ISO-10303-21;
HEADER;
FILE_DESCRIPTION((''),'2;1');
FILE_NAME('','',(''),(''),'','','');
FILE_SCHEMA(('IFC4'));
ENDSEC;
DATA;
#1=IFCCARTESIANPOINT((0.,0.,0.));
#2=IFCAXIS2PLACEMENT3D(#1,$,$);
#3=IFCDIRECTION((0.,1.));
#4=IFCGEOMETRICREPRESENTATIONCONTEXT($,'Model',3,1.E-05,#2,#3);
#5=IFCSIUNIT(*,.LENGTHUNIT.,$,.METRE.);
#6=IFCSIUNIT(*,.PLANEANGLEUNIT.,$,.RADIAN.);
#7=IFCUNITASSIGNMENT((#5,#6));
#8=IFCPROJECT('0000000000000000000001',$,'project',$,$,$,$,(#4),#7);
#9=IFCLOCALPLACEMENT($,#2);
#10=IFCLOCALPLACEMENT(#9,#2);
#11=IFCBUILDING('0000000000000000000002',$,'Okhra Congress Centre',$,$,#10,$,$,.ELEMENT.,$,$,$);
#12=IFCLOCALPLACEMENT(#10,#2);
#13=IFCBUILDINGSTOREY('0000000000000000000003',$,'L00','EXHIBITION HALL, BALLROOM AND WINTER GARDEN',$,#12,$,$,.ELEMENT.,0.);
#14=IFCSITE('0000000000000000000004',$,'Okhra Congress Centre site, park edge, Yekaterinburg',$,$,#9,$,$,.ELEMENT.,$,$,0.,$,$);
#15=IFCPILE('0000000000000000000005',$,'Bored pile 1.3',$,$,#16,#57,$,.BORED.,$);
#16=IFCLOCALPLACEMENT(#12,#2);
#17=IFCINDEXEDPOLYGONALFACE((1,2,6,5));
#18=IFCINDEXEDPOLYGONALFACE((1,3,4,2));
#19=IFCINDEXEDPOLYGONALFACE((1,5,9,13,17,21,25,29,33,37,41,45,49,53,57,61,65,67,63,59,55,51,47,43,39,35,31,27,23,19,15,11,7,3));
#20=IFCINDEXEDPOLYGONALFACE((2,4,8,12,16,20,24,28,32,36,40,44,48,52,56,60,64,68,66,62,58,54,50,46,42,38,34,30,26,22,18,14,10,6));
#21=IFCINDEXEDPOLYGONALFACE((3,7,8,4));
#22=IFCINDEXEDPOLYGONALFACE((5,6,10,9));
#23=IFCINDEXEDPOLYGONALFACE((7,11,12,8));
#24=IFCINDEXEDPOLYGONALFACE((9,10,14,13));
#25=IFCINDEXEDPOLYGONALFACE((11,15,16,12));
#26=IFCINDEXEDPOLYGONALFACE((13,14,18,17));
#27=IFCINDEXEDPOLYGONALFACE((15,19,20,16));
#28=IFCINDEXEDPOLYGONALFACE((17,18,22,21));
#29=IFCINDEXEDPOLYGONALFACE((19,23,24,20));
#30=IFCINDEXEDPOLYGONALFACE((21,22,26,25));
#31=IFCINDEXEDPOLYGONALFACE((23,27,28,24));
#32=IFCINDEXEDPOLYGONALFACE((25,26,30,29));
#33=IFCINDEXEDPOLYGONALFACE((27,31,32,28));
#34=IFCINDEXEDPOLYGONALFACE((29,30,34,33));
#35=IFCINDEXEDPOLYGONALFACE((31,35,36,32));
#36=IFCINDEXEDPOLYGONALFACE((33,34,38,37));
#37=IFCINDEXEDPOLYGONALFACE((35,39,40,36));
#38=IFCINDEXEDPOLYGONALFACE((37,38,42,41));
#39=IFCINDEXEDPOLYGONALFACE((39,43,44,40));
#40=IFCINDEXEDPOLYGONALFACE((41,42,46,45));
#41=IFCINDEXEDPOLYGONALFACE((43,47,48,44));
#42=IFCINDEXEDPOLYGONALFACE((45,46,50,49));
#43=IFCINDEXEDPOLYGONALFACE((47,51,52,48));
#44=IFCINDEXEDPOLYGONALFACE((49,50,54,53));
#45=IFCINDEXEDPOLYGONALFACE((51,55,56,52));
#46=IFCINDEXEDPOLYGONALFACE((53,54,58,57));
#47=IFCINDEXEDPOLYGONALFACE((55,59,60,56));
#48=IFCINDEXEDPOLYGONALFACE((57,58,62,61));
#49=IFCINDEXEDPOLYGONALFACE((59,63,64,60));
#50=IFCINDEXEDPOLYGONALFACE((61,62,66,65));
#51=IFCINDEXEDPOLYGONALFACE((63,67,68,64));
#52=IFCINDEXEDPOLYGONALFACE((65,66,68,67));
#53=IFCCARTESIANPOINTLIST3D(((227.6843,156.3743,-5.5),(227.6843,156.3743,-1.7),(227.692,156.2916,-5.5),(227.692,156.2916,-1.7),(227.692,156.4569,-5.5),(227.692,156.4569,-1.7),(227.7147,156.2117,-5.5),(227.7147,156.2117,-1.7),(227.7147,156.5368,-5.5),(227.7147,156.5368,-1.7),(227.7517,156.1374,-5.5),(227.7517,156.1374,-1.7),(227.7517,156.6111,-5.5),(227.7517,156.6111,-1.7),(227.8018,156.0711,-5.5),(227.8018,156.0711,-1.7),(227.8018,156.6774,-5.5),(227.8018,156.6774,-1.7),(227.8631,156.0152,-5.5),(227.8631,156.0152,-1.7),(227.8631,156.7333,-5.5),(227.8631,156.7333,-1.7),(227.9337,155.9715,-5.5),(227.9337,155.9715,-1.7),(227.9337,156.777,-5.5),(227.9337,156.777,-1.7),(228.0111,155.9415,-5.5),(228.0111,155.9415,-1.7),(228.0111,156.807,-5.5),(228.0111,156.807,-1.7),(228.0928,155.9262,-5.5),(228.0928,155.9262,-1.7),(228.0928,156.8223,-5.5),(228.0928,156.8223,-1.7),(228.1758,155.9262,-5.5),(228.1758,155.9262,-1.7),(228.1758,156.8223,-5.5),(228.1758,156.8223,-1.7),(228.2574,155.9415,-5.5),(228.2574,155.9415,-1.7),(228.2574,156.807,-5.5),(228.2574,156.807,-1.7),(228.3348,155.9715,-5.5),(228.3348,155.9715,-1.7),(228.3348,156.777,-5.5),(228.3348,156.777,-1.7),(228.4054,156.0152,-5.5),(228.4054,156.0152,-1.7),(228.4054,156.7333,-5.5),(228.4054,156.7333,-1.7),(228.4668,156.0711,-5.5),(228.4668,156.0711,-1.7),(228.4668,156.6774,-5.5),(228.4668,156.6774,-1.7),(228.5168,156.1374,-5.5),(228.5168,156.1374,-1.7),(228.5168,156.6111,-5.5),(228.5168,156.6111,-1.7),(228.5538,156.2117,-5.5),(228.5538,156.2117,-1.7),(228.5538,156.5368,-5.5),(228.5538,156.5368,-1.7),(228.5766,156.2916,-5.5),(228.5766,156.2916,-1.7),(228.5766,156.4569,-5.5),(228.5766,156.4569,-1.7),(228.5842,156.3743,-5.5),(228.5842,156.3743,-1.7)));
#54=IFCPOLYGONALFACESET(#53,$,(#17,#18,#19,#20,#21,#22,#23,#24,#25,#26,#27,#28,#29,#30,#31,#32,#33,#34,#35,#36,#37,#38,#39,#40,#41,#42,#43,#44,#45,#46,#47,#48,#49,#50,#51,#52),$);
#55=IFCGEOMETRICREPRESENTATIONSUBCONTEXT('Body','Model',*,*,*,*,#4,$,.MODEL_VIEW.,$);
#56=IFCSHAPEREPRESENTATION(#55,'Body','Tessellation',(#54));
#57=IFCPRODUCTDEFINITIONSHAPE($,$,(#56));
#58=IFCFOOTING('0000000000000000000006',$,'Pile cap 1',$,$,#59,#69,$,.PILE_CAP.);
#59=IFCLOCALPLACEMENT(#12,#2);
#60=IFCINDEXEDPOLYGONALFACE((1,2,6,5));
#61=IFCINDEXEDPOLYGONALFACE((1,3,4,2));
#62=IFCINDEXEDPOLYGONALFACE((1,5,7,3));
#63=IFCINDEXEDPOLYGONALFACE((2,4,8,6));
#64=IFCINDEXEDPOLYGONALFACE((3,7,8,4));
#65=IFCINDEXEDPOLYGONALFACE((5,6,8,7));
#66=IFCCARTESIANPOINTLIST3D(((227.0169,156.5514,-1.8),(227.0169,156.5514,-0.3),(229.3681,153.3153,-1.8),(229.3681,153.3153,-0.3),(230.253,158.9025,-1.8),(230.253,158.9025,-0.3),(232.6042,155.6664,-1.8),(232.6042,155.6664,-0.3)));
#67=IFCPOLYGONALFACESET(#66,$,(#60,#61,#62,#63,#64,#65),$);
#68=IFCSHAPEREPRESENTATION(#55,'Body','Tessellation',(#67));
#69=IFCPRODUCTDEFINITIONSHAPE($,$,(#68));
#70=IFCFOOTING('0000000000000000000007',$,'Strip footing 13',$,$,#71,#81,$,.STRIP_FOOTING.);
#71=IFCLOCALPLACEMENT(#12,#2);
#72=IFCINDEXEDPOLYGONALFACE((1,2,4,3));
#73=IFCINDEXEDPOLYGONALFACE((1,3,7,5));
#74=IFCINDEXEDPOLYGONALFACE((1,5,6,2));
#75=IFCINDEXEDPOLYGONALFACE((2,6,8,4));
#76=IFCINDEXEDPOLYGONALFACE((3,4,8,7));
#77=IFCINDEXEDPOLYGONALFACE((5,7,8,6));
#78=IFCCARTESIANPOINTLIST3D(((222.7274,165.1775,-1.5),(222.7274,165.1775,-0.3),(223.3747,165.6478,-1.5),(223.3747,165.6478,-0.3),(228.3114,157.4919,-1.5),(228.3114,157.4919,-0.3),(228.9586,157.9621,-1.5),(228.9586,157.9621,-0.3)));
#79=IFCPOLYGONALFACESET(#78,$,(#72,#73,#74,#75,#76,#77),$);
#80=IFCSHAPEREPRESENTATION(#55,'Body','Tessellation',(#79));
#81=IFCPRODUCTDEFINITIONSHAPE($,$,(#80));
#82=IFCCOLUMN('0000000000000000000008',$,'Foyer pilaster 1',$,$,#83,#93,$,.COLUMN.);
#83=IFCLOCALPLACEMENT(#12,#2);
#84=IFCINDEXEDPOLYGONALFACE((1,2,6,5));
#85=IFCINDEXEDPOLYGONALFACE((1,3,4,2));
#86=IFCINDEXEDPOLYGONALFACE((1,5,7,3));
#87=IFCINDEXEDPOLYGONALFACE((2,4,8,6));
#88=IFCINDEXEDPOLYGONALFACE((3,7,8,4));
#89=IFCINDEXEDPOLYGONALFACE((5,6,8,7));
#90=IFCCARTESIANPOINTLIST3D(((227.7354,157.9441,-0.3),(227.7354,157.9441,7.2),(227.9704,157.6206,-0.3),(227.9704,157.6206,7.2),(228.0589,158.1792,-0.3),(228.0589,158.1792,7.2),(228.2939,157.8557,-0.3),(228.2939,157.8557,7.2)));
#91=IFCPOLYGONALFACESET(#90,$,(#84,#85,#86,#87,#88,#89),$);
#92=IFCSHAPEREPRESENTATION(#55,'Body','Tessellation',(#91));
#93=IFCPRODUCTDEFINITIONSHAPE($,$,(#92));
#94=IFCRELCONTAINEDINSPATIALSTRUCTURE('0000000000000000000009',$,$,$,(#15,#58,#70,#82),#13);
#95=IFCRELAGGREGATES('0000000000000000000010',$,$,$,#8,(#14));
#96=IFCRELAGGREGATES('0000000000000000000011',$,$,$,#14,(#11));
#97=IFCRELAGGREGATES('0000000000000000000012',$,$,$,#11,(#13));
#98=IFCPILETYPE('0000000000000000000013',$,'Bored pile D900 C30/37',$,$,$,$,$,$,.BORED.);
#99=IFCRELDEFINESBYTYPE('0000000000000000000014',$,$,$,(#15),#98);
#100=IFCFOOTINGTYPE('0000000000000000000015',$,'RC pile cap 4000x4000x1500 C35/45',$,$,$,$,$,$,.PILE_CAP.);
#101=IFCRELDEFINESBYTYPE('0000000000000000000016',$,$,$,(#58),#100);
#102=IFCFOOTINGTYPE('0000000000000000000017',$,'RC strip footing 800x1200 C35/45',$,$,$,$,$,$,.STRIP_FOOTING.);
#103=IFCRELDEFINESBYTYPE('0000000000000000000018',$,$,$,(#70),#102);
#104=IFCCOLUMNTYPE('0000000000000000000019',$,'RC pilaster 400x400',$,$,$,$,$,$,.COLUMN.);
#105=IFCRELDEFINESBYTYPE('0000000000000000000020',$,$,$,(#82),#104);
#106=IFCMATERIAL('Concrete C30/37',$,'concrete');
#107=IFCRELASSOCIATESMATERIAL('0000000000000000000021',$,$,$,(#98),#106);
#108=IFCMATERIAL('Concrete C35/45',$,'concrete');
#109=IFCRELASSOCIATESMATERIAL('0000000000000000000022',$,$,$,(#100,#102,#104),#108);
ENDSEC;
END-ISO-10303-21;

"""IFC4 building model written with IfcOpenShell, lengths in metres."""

from ifc_helpers import new_model, si_unit, direction, frame, origin, origin_2d, place, context, subcontext, project, spatial, rectangle, circle, extrude, material, material_profile, profile_set, type_object, element, save


model = new_model("IFC4")

# Units and contexts
model_context = context("Model", 3, precision=1e-05, world=origin(), true_north=direction((0.0, 1.0)))
body_context = subcontext(model_context, "Body", "Model", "MODEL_VIEW")
ifc_project = project(units=[si_unit("LENGTHUNIT", "METRE"), si_unit("PLANEANGLEUNIT", "RADIAN")], contexts=[model_context])

# Site, building, storey
site_placement = place(None, origin())
site = spatial("IfcSite", under=ifc_project, at=site_placement, Name="Okhra Congress Centre site, park edge, Yekaterinburg", CompositionType="ELEMENT", RefElevation=0.0)
building_placement = place(site_placement, origin())
building = spatial("IfcBuilding", under=site, at=building_placement, Name="Okhra Congress Centre", CompositionType="ELEMENT")
storey_placement = place(building_placement, origin())
storey = spatial("IfcBuildingStorey", under=building, at=storey_placement, Name="L00", Description="EXHIBITION HALL, BALLROOM AND WINTER GARDEN", CompositionType="ELEMENT", Elevation=0.0)

# Pile
ifc_material_1 = material(Name="Concrete C30/37", Category="concrete")
ifc_material_profile_1 = material_profile(ifc_material_1, circle(Radius=0.45, at=origin_2d()), Name="D900")
ifc_profile_set_1 = profile_set([ifc_material_profile_1], Name="Concrete C30/37")
pile_type = type_object("IfcPileType", Name="Bored pile D900 C30/37", PredefinedType="BORED", material=ifc_profile_set_1)
pile_placement = place(storey_placement, frame((228.1343, 156.3743, -1.7), z_axis=(0.0, 0.0, -1.0), x_axis=(1.0, 0.0, 0.0)))
element("IfcPile", 1, at=pile_placement, inside=storey, type_object=pile_type, Name="Bored pile 1.3", PredefinedType="BORED", context=body_context, shape_type="SweptSolid", body=[
    extrude(circle(Radius=0.45, at=origin_2d()), origin(), (0.0, 0.0, 1.0), 3.8),
])

# Footings
ifc_material_2 = material(Name="Concrete C35/45", Category="concrete")
footing_type_1 = type_object("IfcFootingType", Name="RC pile cap 4000x4000x1500 C35/45", PredefinedType="PILE_CAP", material=ifc_material_2)
footing_1_placement = place(storey_placement, frame((229.8105, 156.1089, -1.8), z_axis=(0.0, 0.0, 1.0), x_axis=(0.809017, 0.587785, 0.0)))
element("IfcFooting", 2, at=footing_1_placement, inside=storey, type_object=footing_type_1, Name="Pile cap 1", PredefinedType="PILE_CAP", context=body_context, shape_type="SweptSolid", body=[
    extrude(rectangle(XDim=4.0, YDim=4.0, at=origin_2d()), origin(), (0.0, 0.0, 1.0), 1.5),
])
footing_type_2 = type_object("IfcFootingType", Name="RC strip footing 800x1200 C35/45", PredefinedType="STRIP_FOOTING", material=ifc_material_2)
footing_2_placement = place(storey_placement, frame((225.843, 161.5698, -1.5), z_axis=(0.0, 0.0, 1.0), x_axis=(-0.587785, 0.809017, 0.0)))
element("IfcFooting", 3, at=footing_2_placement, inside=storey, type_object=footing_type_2, Name="Strip footing 13", PredefinedType="STRIP_FOOTING", context=body_context, shape_type="SweptSolid", body=[
    extrude(rectangle(XDim=9.5, YDim=0.8, at=origin_2d()), origin(), (0.0, 0.0, 1.0), 1.2),
])

# Column
ifc_material_profile_2 = material_profile(ifc_material_2, rectangle(XDim=0.3999, YDim=0.3999, at=origin_2d()), Name="RC pilaster 400x400")
ifc_profile_set_2 = profile_set([ifc_material_profile_2], Name="Concrete C35/45")
column_type = type_object("IfcColumnType", Name="RC pilaster 400x400", PredefinedType="COLUMN", material=ifc_profile_set_2)
column_placement = place(storey_placement, frame((228.0146, 157.8999, -0.3), z_axis=(0.0, 0.0, 1.0), x_axis=(0.809017, 0.587785, 0.0)))
element("IfcColumn", 4, at=column_placement, inside=storey, type_object=column_type, Name="Foyer pilaster 1", PredefinedType="COLUMN", context=body_context, shape_type="SweptSolid", body=[
    extrude(rectangle(XDim=0.3999, YDim=0.3999, at=origin_2d()), origin(), (0.0, 0.0, 1.0), 7.5),
])

save(model, "model.ifc")
